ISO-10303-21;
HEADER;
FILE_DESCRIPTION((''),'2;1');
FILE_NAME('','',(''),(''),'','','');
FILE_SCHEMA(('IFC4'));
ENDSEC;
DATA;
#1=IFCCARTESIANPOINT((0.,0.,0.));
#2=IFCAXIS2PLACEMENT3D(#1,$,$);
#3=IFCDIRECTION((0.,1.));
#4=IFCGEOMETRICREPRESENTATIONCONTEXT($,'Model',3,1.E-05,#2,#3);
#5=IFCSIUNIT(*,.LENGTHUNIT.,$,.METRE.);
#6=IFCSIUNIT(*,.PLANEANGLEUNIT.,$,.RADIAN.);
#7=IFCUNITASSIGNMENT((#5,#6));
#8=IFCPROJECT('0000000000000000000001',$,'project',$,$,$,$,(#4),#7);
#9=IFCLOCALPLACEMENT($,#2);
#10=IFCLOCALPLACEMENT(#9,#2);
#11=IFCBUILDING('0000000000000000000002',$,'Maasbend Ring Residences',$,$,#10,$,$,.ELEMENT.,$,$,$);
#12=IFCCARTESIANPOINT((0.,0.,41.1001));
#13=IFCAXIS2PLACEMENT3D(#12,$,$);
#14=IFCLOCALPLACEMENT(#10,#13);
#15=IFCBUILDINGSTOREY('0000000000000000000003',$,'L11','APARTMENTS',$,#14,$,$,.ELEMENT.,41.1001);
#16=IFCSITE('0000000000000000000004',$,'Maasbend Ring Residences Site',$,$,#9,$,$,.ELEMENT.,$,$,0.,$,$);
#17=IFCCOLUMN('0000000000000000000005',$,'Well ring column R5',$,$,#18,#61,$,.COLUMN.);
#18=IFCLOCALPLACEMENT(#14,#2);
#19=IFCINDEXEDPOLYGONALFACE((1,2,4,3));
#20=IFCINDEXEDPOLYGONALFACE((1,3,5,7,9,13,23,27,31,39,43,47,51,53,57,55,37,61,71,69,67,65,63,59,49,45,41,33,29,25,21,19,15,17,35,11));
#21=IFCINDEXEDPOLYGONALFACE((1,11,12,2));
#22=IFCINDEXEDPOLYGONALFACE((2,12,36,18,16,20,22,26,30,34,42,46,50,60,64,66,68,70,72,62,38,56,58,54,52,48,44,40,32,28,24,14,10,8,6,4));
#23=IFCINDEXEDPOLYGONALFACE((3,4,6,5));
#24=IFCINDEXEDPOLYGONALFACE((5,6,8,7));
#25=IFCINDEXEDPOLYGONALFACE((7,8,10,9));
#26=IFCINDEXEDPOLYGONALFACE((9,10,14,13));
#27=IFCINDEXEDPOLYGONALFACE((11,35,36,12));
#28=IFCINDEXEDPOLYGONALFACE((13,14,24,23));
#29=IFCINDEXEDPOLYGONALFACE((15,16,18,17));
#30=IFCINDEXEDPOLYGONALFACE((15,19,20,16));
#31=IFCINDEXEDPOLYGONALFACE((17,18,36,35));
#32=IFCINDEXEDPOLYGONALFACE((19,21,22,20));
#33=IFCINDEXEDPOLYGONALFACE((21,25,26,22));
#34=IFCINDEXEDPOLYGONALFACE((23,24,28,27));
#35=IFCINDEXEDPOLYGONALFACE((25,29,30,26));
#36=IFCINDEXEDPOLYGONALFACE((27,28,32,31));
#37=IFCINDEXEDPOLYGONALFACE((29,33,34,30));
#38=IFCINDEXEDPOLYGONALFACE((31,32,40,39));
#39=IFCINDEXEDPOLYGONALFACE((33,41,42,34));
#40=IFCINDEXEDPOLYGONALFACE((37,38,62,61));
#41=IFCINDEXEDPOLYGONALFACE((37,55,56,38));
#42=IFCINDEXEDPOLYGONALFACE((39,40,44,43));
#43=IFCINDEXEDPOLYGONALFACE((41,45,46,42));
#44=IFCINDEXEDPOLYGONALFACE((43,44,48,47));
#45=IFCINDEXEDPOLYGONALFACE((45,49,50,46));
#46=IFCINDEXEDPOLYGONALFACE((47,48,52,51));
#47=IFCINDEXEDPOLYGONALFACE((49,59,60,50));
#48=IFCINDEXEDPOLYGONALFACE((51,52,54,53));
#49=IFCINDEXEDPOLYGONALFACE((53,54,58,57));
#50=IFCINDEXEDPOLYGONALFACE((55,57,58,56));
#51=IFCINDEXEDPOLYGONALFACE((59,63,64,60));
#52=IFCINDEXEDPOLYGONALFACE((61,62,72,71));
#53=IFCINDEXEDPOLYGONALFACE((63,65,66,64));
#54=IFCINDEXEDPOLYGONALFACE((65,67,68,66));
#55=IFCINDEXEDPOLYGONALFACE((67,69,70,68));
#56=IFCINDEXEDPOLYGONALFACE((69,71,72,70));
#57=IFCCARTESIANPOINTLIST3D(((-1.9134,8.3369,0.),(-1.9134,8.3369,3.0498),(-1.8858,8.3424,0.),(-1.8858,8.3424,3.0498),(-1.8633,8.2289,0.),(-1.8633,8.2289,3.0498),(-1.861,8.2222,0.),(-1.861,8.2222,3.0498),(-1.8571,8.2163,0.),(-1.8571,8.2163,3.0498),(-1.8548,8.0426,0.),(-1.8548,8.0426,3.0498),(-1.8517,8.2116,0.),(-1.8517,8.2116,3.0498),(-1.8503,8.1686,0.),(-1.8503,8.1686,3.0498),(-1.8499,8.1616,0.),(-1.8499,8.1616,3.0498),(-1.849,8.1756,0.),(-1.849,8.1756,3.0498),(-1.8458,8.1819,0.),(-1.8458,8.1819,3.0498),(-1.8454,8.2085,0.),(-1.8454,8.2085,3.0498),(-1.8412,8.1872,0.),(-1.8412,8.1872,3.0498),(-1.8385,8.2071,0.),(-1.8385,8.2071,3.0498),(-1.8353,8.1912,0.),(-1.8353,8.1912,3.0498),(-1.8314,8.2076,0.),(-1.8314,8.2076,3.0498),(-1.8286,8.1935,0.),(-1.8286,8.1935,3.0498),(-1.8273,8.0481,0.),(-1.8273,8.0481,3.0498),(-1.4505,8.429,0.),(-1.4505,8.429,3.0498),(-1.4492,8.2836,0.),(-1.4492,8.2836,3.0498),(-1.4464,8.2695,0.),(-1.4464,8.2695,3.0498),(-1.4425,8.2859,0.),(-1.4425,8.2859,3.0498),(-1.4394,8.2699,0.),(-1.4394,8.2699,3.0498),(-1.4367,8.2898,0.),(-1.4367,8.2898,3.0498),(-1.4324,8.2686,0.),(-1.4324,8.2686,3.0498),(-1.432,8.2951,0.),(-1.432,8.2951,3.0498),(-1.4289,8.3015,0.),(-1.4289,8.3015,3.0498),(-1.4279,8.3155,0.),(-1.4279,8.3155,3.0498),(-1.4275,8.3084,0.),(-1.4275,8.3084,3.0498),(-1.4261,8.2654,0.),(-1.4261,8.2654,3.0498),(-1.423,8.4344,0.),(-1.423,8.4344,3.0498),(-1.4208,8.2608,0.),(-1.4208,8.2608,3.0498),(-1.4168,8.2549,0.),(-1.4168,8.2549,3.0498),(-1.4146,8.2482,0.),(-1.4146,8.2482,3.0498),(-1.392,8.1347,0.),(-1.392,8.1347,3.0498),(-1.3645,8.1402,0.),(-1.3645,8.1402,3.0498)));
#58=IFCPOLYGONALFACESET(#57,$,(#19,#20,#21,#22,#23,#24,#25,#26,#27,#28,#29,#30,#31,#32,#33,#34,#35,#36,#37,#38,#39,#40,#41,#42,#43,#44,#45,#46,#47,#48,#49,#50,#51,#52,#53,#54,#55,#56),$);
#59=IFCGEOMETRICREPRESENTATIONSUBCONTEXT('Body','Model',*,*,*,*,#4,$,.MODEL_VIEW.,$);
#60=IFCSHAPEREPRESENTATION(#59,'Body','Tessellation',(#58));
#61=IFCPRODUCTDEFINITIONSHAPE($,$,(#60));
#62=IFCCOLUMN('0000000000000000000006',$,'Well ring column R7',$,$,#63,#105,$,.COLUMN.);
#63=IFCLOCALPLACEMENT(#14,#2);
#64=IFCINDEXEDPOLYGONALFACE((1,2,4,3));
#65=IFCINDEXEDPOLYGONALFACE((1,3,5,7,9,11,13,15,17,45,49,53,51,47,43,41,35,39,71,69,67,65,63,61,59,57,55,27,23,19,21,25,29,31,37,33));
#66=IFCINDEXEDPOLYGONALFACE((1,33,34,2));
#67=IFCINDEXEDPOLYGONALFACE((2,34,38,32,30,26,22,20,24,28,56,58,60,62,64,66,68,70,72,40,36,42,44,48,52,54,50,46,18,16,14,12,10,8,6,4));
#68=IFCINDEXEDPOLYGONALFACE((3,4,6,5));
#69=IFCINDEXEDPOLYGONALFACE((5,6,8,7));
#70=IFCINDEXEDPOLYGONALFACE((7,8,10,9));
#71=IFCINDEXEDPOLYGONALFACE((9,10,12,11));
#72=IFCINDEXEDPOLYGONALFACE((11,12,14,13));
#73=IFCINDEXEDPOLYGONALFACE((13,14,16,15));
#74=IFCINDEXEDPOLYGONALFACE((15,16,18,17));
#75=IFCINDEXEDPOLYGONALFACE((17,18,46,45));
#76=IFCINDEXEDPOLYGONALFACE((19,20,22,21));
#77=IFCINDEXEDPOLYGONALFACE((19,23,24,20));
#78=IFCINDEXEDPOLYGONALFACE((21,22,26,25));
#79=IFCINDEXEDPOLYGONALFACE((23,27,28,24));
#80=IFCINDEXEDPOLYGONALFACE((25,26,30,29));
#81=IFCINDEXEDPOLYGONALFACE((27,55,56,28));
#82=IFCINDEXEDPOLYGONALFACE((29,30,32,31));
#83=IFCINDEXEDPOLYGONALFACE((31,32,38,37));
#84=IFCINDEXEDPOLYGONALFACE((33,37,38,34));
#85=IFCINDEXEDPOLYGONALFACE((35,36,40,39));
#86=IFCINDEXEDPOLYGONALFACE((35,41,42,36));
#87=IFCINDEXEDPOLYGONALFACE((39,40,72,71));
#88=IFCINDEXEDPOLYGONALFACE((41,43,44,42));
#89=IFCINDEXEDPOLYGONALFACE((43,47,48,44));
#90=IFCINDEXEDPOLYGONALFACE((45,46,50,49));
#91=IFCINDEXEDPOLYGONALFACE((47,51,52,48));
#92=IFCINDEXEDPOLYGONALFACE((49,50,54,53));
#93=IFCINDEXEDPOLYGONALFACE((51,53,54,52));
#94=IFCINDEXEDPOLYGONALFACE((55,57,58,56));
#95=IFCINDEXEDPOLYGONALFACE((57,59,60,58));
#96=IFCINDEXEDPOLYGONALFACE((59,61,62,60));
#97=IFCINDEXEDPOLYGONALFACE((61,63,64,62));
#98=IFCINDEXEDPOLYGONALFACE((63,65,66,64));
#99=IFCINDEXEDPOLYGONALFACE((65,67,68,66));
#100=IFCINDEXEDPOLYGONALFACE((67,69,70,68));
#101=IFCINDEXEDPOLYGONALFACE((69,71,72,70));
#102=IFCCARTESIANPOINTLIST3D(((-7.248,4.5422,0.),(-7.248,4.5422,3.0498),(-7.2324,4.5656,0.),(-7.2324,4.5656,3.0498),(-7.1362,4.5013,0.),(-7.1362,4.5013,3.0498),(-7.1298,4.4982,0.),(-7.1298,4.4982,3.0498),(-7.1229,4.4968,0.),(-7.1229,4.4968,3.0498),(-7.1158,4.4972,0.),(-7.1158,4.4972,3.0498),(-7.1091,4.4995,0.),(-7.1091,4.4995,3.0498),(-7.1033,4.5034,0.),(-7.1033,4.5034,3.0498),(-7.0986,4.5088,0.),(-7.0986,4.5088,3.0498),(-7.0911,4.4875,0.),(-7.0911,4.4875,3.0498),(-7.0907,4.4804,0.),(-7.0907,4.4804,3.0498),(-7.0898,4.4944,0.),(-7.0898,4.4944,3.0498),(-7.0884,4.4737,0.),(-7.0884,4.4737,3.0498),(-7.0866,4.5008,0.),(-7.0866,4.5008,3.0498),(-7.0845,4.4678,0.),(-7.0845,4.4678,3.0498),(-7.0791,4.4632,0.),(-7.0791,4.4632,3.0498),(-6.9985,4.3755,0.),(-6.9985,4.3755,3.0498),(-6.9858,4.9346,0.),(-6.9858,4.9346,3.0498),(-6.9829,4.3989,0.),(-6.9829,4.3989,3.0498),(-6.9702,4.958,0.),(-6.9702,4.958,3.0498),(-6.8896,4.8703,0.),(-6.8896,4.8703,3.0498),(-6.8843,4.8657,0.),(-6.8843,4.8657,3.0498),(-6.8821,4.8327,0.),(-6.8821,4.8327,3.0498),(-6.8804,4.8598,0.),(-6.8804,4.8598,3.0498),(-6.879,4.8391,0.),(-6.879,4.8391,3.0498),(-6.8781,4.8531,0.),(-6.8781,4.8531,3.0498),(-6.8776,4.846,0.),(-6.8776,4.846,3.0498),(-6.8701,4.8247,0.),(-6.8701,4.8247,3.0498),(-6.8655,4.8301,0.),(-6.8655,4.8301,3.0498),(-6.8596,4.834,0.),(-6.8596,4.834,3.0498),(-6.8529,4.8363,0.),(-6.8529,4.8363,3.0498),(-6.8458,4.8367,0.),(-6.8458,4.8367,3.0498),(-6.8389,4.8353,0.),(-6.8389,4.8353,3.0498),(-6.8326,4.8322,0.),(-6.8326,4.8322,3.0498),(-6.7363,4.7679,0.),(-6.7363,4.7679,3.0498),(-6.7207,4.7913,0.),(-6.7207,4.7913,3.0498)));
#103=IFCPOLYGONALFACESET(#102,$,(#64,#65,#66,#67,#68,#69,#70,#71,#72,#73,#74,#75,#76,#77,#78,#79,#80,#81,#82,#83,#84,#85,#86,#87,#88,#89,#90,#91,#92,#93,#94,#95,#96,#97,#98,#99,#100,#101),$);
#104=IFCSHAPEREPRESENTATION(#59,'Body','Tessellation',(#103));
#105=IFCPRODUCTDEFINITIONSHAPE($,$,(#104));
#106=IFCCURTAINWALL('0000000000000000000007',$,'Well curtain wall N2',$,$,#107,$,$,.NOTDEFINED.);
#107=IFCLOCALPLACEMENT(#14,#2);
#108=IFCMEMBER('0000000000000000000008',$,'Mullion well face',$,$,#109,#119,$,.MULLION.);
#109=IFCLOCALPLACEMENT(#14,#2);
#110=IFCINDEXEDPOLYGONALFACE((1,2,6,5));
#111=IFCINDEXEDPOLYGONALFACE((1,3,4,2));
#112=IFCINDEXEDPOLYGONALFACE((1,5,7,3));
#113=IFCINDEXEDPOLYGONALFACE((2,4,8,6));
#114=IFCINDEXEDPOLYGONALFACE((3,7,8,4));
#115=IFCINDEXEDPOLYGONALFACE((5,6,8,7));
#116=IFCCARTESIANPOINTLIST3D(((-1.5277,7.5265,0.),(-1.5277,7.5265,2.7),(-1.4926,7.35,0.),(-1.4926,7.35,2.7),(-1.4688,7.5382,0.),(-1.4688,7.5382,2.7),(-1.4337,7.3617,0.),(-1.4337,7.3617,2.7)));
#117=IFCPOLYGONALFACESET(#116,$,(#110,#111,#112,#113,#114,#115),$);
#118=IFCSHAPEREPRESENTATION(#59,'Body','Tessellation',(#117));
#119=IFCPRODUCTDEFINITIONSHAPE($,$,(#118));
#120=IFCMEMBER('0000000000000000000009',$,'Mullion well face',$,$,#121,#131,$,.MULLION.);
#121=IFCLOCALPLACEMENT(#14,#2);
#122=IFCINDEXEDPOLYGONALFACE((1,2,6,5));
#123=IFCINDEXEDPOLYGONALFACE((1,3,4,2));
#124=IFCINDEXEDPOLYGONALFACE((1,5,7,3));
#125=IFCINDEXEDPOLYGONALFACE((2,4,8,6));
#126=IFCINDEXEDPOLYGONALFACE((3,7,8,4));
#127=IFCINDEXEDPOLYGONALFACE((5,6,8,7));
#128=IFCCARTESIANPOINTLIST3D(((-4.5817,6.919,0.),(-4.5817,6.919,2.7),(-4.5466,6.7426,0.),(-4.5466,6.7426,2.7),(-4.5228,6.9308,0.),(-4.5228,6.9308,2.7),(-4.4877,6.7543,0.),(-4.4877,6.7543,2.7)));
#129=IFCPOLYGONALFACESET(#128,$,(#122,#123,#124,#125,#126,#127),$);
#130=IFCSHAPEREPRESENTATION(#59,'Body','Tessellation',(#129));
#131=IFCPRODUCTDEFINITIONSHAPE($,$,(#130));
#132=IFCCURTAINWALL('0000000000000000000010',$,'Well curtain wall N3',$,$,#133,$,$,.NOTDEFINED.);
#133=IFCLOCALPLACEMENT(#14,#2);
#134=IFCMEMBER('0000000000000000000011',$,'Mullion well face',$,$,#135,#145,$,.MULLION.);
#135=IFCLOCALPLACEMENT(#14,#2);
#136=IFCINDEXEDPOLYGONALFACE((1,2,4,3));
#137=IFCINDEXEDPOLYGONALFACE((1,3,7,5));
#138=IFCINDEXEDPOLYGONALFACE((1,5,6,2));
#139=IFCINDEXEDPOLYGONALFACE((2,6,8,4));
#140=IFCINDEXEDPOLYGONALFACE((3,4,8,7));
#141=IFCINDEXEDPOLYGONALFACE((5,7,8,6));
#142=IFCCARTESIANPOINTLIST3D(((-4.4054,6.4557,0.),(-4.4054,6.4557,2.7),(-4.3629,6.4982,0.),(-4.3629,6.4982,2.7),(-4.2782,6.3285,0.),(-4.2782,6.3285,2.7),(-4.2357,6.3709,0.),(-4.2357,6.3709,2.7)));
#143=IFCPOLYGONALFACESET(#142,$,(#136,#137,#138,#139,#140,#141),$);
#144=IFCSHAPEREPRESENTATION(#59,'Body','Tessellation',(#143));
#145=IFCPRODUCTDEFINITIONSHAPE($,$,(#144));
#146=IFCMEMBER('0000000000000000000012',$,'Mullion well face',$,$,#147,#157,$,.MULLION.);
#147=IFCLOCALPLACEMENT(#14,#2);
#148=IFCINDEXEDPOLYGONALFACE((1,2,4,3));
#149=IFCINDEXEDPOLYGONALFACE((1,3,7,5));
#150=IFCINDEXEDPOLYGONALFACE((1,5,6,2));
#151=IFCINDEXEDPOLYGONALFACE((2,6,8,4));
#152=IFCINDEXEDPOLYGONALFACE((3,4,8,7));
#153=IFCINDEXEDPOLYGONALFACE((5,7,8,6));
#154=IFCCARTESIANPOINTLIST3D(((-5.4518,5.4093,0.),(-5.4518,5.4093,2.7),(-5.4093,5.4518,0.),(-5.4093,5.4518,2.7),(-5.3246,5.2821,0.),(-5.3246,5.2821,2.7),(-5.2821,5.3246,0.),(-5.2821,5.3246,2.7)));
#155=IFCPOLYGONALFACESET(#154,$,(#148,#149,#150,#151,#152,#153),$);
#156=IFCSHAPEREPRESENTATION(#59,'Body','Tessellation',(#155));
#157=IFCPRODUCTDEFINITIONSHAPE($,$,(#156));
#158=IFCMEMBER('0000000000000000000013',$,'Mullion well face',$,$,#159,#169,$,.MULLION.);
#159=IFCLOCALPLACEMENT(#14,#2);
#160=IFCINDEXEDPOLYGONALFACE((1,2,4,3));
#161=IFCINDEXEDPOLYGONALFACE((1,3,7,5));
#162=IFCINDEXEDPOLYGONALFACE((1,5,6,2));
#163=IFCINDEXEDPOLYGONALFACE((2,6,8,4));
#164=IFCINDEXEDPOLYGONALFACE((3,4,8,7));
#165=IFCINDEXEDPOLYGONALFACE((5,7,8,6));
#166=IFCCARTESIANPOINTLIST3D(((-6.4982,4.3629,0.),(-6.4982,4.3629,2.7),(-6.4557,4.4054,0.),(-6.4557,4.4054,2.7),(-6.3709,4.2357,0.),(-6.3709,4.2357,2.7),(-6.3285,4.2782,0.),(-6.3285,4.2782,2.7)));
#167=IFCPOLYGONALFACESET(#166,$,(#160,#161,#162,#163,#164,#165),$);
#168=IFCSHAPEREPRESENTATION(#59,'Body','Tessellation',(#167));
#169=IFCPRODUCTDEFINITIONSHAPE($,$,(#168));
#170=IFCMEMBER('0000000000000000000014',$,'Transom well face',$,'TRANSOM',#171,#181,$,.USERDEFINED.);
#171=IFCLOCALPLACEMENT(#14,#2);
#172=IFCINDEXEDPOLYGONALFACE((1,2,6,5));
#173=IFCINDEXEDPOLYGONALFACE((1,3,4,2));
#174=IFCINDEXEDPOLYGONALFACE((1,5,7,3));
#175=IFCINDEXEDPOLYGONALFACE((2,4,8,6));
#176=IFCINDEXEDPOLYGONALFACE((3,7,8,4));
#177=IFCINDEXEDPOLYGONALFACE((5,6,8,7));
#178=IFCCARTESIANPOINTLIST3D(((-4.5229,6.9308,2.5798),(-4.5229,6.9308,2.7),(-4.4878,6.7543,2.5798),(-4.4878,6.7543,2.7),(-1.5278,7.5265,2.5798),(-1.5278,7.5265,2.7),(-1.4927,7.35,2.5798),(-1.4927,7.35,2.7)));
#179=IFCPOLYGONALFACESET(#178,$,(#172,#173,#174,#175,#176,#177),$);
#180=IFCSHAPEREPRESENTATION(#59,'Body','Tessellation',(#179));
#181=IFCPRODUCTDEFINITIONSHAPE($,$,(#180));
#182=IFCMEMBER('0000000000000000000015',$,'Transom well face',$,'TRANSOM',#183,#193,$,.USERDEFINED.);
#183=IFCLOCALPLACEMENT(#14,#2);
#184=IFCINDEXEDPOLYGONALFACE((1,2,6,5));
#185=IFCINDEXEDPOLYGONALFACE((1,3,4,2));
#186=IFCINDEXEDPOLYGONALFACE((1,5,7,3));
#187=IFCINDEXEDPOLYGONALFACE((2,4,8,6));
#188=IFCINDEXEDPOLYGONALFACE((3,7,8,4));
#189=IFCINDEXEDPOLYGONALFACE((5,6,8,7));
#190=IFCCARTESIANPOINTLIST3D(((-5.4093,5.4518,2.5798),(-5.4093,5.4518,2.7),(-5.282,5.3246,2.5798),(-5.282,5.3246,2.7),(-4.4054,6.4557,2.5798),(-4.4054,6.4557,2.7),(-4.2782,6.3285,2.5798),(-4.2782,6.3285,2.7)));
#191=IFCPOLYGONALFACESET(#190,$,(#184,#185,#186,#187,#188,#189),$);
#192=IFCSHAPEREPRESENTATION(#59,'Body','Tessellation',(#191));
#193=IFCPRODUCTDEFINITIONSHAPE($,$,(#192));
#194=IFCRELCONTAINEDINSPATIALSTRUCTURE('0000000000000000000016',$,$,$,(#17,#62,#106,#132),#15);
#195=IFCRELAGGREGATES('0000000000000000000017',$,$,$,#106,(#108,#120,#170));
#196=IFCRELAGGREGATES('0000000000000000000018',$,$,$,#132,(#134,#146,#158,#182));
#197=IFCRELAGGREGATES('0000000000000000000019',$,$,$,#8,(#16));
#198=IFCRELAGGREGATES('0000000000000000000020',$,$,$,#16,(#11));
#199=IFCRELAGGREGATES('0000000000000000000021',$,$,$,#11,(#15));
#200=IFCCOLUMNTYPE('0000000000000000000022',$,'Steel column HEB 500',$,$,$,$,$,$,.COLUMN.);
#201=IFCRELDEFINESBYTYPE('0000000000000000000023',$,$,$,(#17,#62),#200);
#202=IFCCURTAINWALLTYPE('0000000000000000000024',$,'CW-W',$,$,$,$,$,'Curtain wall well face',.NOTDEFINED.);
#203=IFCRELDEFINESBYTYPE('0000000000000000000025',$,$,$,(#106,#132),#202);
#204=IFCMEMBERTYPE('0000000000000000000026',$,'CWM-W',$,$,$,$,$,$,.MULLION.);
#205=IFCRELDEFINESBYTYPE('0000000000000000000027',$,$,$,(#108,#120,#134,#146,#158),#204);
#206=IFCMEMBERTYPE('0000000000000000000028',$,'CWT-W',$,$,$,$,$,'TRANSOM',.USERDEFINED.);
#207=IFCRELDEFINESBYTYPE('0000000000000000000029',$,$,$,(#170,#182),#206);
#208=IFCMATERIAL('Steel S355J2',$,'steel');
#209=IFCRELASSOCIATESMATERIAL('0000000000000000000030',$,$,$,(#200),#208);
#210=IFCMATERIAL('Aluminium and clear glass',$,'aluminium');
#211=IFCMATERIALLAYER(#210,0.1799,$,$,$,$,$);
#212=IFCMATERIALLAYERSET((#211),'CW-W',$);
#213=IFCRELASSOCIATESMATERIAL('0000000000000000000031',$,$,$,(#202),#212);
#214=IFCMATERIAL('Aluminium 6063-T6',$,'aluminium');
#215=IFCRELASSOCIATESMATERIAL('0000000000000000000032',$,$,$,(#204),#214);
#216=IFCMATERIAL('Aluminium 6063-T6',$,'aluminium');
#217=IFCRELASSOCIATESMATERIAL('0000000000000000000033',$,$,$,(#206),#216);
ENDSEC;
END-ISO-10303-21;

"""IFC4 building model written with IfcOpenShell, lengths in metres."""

from ifc_helpers import new_model, si_unit, direction, frame, origin, origin_2d, place, context, subcontext, project, spatial, rectangle, i_section, extrude, material, layer, layer_set, material_profile, profile_set, type_object, element, aggregate, save


model = new_model("IFC4")

# Units and contexts
model_context = context("Model", 3, precision=1e-05, world=origin(), true_north=direction((0.0, 1.0)))
body_context = subcontext(model_context, "Body", "Model", "MODEL_VIEW")
ifc_project = project(units=[si_unit("LENGTHUNIT", "METRE"), si_unit("PLANEANGLEUNIT", "RADIAN")], contexts=[model_context])

# Site, building, storey
site_placement = place(None, origin())
site = spatial("IfcSite", under=ifc_project, at=site_placement, Name="Maasbend Ring Residences Site", CompositionType="ELEMENT", RefElevation=0.0)
building_placement = place(site_placement, origin())
building = spatial("IfcBuilding", under=site, at=building_placement, Name="Maasbend Ring Residences", CompositionType="ELEMENT")
storey_placement = place(building_placement, frame((0.0, 0.0, 41.1001)))
storey = spatial("IfcBuildingStorey", under=building, at=storey_placement, Name="L11", Description="APARTMENTS", CompositionType="ELEMENT", Elevation=41.1001)

# Columns
ifc_material_1 = material(Name="Steel S355J2", Category="steel")
ifc_material_profile_1 = material_profile(ifc_material_1, i_section(OverallWidth=0.3, OverallDepth=0.5, WebThickness=0.0144, FlangeThickness=0.0281, FilletRadius=0.0271, at=origin_2d()), Name="HEB 500")
ifc_profile_set_1 = profile_set([ifc_material_profile_1], Name="Steel S355J2")
column_type = type_object("IfcColumnType", Name="Steel column HEB 500", PredefinedType="COLUMN", material=ifc_profile_set_1)
for number, where, z_axis, x_axis, name in (
    (1, (-1.6389, 8.2385, 0.0), (0.0, 0.0, 1.0), (-0.19509, 0.980785, 0.0), "Well ring column R5"),
    (2, (-6.9844, 4.6667, 0.0), (0.0, 0.0, 1.0), (-0.83147, 0.55557, 0.0), "Well ring column R7"),
):
    element("IfcColumn", number, at=place(storey_placement, frame(where, z_axis=z_axis, x_axis=x_axis)), inside=storey, type_object=column_type, Name=name, PredefinedType="COLUMN", context=body_context, shape_type="SweptSolid", body=[
        extrude(i_section(OverallWidth=0.3, OverallDepth=0.5, WebThickness=0.0144, FlangeThickness=0.0281, FilletRadius=0.0271, at=origin_2d()), origin(), (0.0, 0.0, 1.0), 3.0498),
    ])

# Curtain walls, members
ifc_material_2 = material(Name="Aluminium and clear glass", Category="aluminium")
ifc_layer_1 = layer(ifc_material_2, 0.1799)
ifc_layer_set_1 = layer_set([ifc_layer_1], Name="CW-W")
curtain_wall_type = type_object("IfcCurtainWallType", Name="CW-W", ElementType="Curtain wall well face", PredefinedType="NOTDEFINED", material=ifc_layer_set_1)
curtain_wall_1_placement = place(storey_placement, origin())
curtain_wall_1 = element("IfcCurtainWall", 3, at=curtain_wall_1_placement, inside=storey, type_object=curtain_wall_type, Name="Well curtain wall N2", PredefinedType="NOTDEFINED")
ifc_material_3 = material(Name="Aluminium 6063-T6", Category="aluminium")
ifc_material_profile_2 = material_profile(ifc_material_3, rectangle(XDim=0.1799, YDim=0.0601, at=origin_2d()), Name="AL 180x60")
ifc_profile_set_2 = profile_set([ifc_material_profile_2], Name="Aluminium 6063-T6")
member_type_1 = type_object("IfcMemberType", Name="CWM-W", PredefinedType="MULLION", material=ifc_profile_set_2)
member_1_placement = place(storey_placement, frame((-1.4807, 7.4441, 0.0), z_axis=(0.0, 0.0, 1.0), x_axis=(0.19509, -0.980785, 0.0)))
member_1 = element("IfcMember", 4, at=member_1_placement, type_object=member_type_1, Name="Mullion well face", PredefinedType="MULLION", context=body_context, shape_type="SweptSolid", body=[
    extrude(rectangle(XDim=0.1799, YDim=0.0601, at=origin_2d()), origin(), (0.0, 0.0, 1.0), 2.7),
])
member_2_placement = place(storey_placement, frame((-4.5347, 6.8367, 0.0), z_axis=(0.0, 0.0, 1.0), x_axis=(0.19509, -0.980785, 0.0)))
member_2 = element("IfcMember", 5, at=member_2_placement, type_object=member_type_1, Name="Mullion well face", PredefinedType="MULLION", context=body_context, shape_type="SweptSolid", body=[
    extrude(rectangle(XDim=0.1799, YDim=0.0601, at=origin_2d()), origin(), (0.0, 0.0, 1.0), 2.7),
])
curtain_wall_2_placement = place(storey_placement, origin())
curtain_wall_2 = element("IfcCurtainWall", 6, at=curtain_wall_2_placement, inside=storey, type_object=curtain_wall_type, Name="Well curtain wall N3", PredefinedType="NOTDEFINED")
member_3_placement = place(storey_placement, frame((-4.3206, 6.4133, 0.0), z_axis=(0.0, 0.0, 1.0), x_axis=(0.707107, -0.707107, 0.0)))
member_3 = element("IfcMember", 7, at=member_3_placement, type_object=member_type_1, Name="Mullion well face", PredefinedType="MULLION", context=body_context, shape_type="SweptSolid", body=[
    extrude(rectangle(XDim=0.1799, YDim=0.0601, at=origin_2d()), origin(), (0.0, 0.0, 1.0), 2.7),
])
member_4_placement = place(storey_placement, frame((-5.3669, 5.3669, 0.0), z_axis=(0.0, 0.0, 1.0), x_axis=(0.707107, -0.707107, 0.0)))
member_4 = element("IfcMember", 8, at=member_4_placement, type_object=member_type_1, Name="Mullion well face", PredefinedType="MULLION", context=body_context, shape_type="SweptSolid", body=[
    extrude(rectangle(XDim=0.1799, YDim=0.0601, at=origin_2d()), origin(), (0.0, 0.0, 1.0), 2.7),
])
member_5_placement = place(storey_placement, frame((-6.4133, 4.3206, 0.0), z_axis=(0.0, 0.0, 1.0), x_axis=(0.707107, -0.707107, 0.0)))
member_5 = element("IfcMember", 9, at=member_5_placement, type_object=member_type_1, Name="Mullion well face", PredefinedType="MULLION", context=body_context, shape_type="SweptSolid", body=[
    extrude(rectangle(XDim=0.1799, YDim=0.0601, at=origin_2d()), origin(), (0.0, 0.0, 1.0), 2.7),
])

# Members
ifc_material_4 = material(Name="Aluminium 6063-T6", Category="aluminium")
ifc_material_profile_3 = material_profile(ifc_material_4, rectangle(XDim=0.1799, YDim=0.1201, at=origin_2d()), Name="AL 180x120")
ifc_profile_set_3 = profile_set([ifc_material_profile_3], Name="Aluminium 6063-T6")
member_type_2 = type_object("IfcMemberType", Name="CWT-W", ElementType="TRANSOM", PredefinedType="USERDEFINED", material=ifc_profile_set_3)
member_6_placement = place(storey_placement, frame((-1.5103, 7.4382, 2.6399), z_axis=(-0.980789, -0.195071, 0.0), x_axis=(0.195071, -0.980789, 0.0)))
member_6 = element("IfcMember", 10, at=member_6_placement, type_object=member_type_2, Name="Transom well face", ObjectType="TRANSOM", PredefinedType="USERDEFINED", context=body_context, shape_type="SweptSolid", body=[
    extrude(rectangle(XDim=0.1799, YDim=0.1201, at=origin_2d()), origin(), (0.0, 0.0, 1.0), 3.0537),
])
member_7_placement = place(storey_placement, frame((-4.3418, 6.3921, 2.6399), z_axis=(-0.707107, -0.707107, 0.0), x_axis=(0.707107, -0.707107, 0.0)))
member_7 = element("IfcMember", 11, at=member_7_placement, type_object=member_type_2, Name="Transom well face", ObjectType="TRANSOM", PredefinedType="USERDEFINED", context=body_context, shape_type="SweptSolid", body=[
    extrude(rectangle(XDim=0.1799, YDim=0.1201, at=origin_2d()), origin(), (0.0, 0.0, 1.0), 1.4197),
])

aggregate(curtain_wall_1, [member_1, member_2, member_6])
aggregate(curtain_wall_2, [member_3, member_4, member_5, member_7])

save(model, "model.ifc")
